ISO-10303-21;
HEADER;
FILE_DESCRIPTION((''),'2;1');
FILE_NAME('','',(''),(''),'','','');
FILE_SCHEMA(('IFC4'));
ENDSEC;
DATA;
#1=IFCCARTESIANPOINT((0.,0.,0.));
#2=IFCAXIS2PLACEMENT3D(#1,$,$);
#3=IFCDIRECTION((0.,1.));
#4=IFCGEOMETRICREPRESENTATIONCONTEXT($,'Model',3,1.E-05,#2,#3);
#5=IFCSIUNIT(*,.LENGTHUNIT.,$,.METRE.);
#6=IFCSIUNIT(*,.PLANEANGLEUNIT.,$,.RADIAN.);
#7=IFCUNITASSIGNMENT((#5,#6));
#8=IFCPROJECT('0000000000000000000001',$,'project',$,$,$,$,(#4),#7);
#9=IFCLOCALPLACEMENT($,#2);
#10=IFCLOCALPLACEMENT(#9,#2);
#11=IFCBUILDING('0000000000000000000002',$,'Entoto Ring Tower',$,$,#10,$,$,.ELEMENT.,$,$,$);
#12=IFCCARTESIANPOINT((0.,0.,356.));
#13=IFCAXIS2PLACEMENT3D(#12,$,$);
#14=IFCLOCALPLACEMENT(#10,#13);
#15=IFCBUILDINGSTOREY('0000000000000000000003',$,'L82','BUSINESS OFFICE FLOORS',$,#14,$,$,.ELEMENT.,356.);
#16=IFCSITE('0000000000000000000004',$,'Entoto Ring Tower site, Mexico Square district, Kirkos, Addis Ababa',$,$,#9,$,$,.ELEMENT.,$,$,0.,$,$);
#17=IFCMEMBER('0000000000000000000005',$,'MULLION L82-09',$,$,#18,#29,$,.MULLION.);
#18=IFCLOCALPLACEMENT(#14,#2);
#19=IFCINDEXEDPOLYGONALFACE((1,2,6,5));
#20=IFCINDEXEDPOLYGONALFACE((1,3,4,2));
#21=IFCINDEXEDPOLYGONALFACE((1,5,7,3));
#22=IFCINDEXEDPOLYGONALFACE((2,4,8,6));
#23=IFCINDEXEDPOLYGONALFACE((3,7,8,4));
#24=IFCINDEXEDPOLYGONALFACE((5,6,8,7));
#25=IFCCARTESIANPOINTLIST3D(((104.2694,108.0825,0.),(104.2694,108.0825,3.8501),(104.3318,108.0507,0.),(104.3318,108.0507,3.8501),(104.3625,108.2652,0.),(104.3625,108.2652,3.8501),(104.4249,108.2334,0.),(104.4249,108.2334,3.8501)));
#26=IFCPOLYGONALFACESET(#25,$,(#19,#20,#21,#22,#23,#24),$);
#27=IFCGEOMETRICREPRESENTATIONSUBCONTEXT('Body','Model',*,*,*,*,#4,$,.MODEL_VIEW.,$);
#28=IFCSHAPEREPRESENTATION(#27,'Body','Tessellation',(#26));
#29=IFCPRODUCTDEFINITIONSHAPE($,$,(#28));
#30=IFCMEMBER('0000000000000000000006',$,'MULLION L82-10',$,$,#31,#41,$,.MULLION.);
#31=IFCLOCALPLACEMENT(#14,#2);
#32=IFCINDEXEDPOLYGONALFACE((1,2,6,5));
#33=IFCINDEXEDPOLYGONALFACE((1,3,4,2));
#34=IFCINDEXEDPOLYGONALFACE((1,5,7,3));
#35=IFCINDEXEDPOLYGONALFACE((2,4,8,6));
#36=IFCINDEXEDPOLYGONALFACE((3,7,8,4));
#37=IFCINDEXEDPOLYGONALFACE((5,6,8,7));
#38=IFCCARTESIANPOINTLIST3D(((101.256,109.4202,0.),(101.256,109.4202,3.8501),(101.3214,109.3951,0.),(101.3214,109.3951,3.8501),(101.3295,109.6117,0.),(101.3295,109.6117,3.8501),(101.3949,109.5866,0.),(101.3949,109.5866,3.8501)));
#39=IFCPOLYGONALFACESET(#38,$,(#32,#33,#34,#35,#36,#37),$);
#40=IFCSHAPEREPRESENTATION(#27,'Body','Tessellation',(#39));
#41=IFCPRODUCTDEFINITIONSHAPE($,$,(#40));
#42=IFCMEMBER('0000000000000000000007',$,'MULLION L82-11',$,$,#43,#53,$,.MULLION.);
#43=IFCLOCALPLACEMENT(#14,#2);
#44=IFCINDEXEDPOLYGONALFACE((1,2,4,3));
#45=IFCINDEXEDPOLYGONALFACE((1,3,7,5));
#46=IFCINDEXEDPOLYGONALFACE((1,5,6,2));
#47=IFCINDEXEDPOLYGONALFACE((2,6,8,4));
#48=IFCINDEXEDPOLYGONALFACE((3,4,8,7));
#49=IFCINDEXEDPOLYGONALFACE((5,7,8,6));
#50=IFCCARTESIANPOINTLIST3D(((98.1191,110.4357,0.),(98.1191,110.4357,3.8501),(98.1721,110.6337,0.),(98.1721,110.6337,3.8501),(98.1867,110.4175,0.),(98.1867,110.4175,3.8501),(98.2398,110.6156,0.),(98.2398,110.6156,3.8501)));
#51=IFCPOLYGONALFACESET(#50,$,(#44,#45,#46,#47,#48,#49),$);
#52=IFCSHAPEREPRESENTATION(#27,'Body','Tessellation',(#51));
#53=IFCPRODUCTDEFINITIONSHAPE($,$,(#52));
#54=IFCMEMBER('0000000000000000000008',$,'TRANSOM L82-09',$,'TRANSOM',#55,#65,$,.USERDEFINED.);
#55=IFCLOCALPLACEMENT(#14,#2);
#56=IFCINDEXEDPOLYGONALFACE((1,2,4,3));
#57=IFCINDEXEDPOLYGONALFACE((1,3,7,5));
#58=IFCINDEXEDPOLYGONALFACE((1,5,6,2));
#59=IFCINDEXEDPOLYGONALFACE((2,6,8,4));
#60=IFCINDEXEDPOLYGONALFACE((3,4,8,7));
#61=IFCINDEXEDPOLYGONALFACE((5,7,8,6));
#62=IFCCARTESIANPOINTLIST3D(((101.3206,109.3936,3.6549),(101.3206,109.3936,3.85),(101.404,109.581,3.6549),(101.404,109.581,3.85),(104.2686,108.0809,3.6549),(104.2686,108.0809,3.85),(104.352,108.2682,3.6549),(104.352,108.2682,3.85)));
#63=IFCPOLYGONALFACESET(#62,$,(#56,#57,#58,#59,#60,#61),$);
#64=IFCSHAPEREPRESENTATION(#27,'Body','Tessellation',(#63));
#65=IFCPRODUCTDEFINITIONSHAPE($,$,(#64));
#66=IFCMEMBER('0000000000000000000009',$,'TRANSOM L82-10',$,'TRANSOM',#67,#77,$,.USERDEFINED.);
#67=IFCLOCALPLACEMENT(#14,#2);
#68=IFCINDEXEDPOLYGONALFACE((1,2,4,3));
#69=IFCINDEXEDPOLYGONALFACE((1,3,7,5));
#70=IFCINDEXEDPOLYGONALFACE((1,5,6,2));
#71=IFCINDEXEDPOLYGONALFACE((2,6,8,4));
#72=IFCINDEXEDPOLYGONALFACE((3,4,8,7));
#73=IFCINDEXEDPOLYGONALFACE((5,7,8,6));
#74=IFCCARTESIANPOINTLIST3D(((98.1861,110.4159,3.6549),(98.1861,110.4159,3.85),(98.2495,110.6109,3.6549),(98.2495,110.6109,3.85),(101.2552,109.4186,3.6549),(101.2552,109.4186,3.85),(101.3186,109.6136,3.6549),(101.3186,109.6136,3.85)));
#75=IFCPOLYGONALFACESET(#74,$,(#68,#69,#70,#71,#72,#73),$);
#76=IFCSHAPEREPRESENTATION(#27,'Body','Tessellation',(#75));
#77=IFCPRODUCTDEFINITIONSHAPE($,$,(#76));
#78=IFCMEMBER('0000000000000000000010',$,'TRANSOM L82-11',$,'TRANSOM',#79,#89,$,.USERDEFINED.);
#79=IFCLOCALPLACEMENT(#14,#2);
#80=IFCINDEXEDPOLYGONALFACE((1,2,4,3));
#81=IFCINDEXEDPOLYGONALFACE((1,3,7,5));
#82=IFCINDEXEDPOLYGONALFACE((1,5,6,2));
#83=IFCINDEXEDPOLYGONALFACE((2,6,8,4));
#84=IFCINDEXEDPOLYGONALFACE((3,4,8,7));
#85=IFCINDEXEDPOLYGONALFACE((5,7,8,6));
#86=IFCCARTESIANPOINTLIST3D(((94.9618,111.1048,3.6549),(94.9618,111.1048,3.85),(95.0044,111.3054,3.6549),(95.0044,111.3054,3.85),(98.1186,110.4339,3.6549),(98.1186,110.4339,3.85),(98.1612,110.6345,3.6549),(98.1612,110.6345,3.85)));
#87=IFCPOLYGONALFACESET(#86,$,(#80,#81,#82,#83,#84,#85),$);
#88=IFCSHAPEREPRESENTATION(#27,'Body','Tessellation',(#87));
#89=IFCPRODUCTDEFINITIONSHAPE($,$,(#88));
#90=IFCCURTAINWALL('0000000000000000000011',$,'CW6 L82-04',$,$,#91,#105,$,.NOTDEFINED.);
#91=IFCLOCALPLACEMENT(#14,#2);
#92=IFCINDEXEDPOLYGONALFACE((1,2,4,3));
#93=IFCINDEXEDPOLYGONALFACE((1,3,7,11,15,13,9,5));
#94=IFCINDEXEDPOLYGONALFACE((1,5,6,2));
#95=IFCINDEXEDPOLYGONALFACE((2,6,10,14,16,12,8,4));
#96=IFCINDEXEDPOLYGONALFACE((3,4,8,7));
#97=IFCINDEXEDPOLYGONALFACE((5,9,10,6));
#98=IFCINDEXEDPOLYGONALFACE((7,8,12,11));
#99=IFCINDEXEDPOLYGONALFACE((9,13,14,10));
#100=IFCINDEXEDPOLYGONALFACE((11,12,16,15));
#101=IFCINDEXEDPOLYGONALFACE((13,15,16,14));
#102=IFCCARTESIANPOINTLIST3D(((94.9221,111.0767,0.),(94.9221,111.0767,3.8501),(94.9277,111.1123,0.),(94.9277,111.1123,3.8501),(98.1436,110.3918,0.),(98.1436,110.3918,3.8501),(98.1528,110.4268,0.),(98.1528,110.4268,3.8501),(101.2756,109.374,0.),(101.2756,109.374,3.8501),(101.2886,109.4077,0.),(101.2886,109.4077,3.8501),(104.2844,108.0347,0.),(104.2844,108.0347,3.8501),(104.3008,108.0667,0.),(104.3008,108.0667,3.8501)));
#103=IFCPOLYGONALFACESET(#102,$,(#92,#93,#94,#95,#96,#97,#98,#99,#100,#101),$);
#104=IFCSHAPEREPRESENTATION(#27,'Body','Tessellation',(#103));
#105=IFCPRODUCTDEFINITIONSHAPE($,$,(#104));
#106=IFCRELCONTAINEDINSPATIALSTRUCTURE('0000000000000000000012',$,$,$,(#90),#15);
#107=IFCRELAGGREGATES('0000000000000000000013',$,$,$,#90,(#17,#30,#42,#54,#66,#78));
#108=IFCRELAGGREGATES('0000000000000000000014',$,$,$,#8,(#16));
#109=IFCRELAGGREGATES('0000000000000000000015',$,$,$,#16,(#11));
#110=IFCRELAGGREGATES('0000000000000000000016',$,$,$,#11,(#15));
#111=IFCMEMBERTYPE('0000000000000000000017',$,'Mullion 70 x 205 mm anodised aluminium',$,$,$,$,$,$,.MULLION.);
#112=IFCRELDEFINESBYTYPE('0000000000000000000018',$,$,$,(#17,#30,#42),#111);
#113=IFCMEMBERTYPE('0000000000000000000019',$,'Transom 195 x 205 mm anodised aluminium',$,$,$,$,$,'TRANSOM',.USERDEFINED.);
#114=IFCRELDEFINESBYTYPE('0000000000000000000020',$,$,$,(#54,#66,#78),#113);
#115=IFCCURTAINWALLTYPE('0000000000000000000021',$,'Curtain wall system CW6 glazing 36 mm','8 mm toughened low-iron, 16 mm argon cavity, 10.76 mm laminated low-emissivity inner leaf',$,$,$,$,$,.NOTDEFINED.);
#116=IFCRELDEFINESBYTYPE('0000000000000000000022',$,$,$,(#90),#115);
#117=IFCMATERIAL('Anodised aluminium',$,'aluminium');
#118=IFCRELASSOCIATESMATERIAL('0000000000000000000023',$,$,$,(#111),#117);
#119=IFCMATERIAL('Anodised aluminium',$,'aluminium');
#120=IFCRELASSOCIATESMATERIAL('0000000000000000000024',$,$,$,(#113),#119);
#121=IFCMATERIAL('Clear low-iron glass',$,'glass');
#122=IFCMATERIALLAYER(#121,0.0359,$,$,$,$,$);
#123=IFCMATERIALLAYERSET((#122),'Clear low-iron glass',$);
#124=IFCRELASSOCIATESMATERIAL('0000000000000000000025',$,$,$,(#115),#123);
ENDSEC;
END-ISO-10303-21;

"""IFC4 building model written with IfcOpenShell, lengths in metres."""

from ifc_helpers import new_model, si_unit, direction, frame, origin, origin_2d, place, context, subcontext, project, spatial, polyline, rectangle, outline, extrude, material, layer, layer_set, material_profile, profile_set, type_object, element, aggregate, save


model = new_model("IFC4")

# Units and contexts
model_context = context("Model", 3, precision=1e-05, world=origin(), true_north=direction((0.0, 1.0)))
body_context = subcontext(model_context, "Body", "Model", "MODEL_VIEW")
ifc_project = project(units=[si_unit("LENGTHUNIT", "METRE"), si_unit("PLANEANGLEUNIT", "RADIAN")], contexts=[model_context])

# Members
ifc_material_1 = material(Name="Anodised aluminium", Category="aluminium")
ifc_material_profile_1 = material_profile(ifc_material_1, rectangle(XDim=0.0701, YDim=0.2051, at=origin_2d()), Name="Mullion 70 x 205 mm anodised aluminium")
ifc_profile_set_1 = profile_set([ifc_material_profile_1], Name="Anodised aluminium")
member_type_1 = type_object("IfcMemberType", Name="Mullion 70 x 205 mm anodised aluminium", PredefinedType="MULLION", material=ifc_profile_set_1)
site_placement = place(None, origin())
building_placement = place(site_placement, origin())
storey_placement = place(building_placement, frame((0.0, 0.0, 356.0)))
member_1_placement = place(storey_placement, frame((104.3472, 108.158, 0.0), z_axis=(0.0, 0.0, 1.0), x_axis=(-0.891007, 0.45399, 0.0)))
member_1 = element("IfcMember", 1, at=member_1_placement, type_object=member_type_1, Name="MULLION L82-09", PredefinedType="MULLION", context=body_context, shape_type="SweptSolid", body=[
    extrude(rectangle(XDim=0.0701, YDim=0.2051, at=origin_2d()), origin(), (0.0, 0.0, 1.0), 3.8501),
])
member_2_placement = place(storey_placement, frame((101.3254, 109.5034, 0.0), z_axis=(0.0, 0.0, 1.0), x_axis=(-0.93358, 0.358368, 0.0)))
member_2 = element("IfcMember", 2, at=member_2_placement, type_object=member_type_1, Name="MULLION L82-10", PredefinedType="MULLION", context=body_context, shape_type="SweptSolid", body=[
    extrude(rectangle(XDim=0.0701, YDim=0.2051, at=origin_2d()), origin(), (0.0, 0.0, 1.0), 3.8501),
])
member_3_placement = place(storey_placement, frame((98.1794, 110.5256, 0.0), z_axis=(0.0, 0.0, 1.0), x_axis=(-0.965926, 0.258819, 0.0)))
member_3 = element("IfcMember", 3, at=member_3_placement, type_object=member_type_1, Name="MULLION L82-11", PredefinedType="MULLION", context=body_context, shape_type="SweptSolid", body=[
    extrude(rectangle(XDim=0.0701, YDim=0.2051, at=origin_2d()), origin(), (0.0, 0.0, 1.0), 3.8501),
])
ifc_material_2 = material(Name="Anodised aluminium", Category="aluminium")
ifc_material_profile_2 = material_profile(ifc_material_2, rectangle(XDim=0.2051, YDim=0.1951, at=origin_2d()), Name="Transom 195 x 205 mm anodised aluminium")
ifc_profile_set_2 = profile_set([ifc_material_profile_2], Name="Anodised aluminium")
member_type_2 = type_object("IfcMemberType", Name="Transom 195 x 205 mm anodised aluminium", ElementType="TRANSOM", PredefinedType="USERDEFINED", material=ifc_profile_set_2)
member_4_placement = place(storey_placement, frame((104.3103, 108.1746, 3.7524), z_axis=(-0.913521, 0.406791, 0.0), x_axis=(-0.406791, -0.913521, 0.0)))
member_4 = element("IfcMember", 4, at=member_4_placement, type_object=member_type_2, Name="TRANSOM L82-09", ObjectType="TRANSOM", PredefinedType="USERDEFINED", context=body_context, shape_type="SweptSolid", body=[
    extrude(rectangle(XDim=0.2051, YDim=0.1951, at=origin_2d()), origin(), (0.0, 0.0, 1.0), 3.2271),
])
member_5_placement = place(storey_placement, frame((101.2869, 109.5161, 3.7524), z_axis=(-0.951047, 0.309047, 0.0), x_axis=(-0.309047, -0.951047, 0.0)))
member_5 = element("IfcMember", 5, at=member_5_placement, type_object=member_type_2, Name="TRANSOM L82-10", ObjectType="TRANSOM", PredefinedType="USERDEFINED", context=body_context, shape_type="SweptSolid", body=[
    extrude(rectangle(XDim=0.2051, YDim=0.1951, at=origin_2d()), origin(), (0.0, 0.0, 1.0), 3.2271),
])
member_6_placement = place(storey_placement, frame((98.1399, 110.5342, 3.7524), z_axis=(-0.978153, 0.207886, 0.0), x_axis=(-0.207886, -0.978153, 0.0)))
member_6 = element("IfcMember", 6, at=member_6_placement, type_object=member_type_2, Name="TRANSOM L82-11", ObjectType="TRANSOM", PredefinedType="USERDEFINED", context=body_context, shape_type="SweptSolid", body=[
    extrude(rectangle(XDim=0.2051, YDim=0.1951, at=origin_2d()), origin(), (0.0, 0.0, 1.0), 3.2273),
])

# Site, building, storey
site = spatial("IfcSite", under=ifc_project, at=site_placement, Name="Entoto Ring Tower site, Mexico Square district, Kirkos, Addis Ababa", CompositionType="ELEMENT", RefElevation=0.0)
building = spatial("IfcBuilding", under=site, at=building_placement, Name="Entoto Ring Tower", CompositionType="ELEMENT")
storey = spatial("IfcBuildingStorey", under=building, at=storey_placement, Name="L82", Description="BUSINESS OFFICE FLOORS", CompositionType="ELEMENT", Elevation=356.0)

# Curtain wall
ifc_material_3 = material(Name="Clear low-iron glass", Category="glass")
ifc_layer = layer(ifc_material_3, 0.0359)
ifc_layer_set = layer_set([ifc_layer], Name="Clear low-iron glass")
curtain_wall_type = type_object("IfcCurtainWallType", Name="Curtain wall system CW6 glazing 36 mm", Description="8 mm toughened low-iron, 16 mm argon cavity, 10.76 mm laminated low-emissivity inner leaf", PredefinedType="NOTDEFINED", material=ifc_layer_set)
curtain_wall_1_placement = place(storey_placement, origin())
curtain_wall_1 = element("IfcCurtainWall", 7, at=curtain_wall_1_placement, inside=storey, type_object=curtain_wall_type, Name="CW6 L82-04", PredefinedType="NOTDEFINED", context=body_context, shape_type="SweptSolid", body=[
    extrude(outline(polyline([(104.3008, 108.0667), (101.2886, 109.4077), (98.1528, 110.4268), (94.9277, 111.1123), (94.9221, 111.0767), (98.1436, 110.3918), (101.2756, 109.374), (104.2844, 108.0347), (104.3008, 108.0667)])), origin(), (0.0, 0.0, 1.0), 3.8501),
])
aggregate(curtain_wall_1, [member_1, member_2, member_3, member_4, member_5, member_6])

save(model, "model.ifc")
